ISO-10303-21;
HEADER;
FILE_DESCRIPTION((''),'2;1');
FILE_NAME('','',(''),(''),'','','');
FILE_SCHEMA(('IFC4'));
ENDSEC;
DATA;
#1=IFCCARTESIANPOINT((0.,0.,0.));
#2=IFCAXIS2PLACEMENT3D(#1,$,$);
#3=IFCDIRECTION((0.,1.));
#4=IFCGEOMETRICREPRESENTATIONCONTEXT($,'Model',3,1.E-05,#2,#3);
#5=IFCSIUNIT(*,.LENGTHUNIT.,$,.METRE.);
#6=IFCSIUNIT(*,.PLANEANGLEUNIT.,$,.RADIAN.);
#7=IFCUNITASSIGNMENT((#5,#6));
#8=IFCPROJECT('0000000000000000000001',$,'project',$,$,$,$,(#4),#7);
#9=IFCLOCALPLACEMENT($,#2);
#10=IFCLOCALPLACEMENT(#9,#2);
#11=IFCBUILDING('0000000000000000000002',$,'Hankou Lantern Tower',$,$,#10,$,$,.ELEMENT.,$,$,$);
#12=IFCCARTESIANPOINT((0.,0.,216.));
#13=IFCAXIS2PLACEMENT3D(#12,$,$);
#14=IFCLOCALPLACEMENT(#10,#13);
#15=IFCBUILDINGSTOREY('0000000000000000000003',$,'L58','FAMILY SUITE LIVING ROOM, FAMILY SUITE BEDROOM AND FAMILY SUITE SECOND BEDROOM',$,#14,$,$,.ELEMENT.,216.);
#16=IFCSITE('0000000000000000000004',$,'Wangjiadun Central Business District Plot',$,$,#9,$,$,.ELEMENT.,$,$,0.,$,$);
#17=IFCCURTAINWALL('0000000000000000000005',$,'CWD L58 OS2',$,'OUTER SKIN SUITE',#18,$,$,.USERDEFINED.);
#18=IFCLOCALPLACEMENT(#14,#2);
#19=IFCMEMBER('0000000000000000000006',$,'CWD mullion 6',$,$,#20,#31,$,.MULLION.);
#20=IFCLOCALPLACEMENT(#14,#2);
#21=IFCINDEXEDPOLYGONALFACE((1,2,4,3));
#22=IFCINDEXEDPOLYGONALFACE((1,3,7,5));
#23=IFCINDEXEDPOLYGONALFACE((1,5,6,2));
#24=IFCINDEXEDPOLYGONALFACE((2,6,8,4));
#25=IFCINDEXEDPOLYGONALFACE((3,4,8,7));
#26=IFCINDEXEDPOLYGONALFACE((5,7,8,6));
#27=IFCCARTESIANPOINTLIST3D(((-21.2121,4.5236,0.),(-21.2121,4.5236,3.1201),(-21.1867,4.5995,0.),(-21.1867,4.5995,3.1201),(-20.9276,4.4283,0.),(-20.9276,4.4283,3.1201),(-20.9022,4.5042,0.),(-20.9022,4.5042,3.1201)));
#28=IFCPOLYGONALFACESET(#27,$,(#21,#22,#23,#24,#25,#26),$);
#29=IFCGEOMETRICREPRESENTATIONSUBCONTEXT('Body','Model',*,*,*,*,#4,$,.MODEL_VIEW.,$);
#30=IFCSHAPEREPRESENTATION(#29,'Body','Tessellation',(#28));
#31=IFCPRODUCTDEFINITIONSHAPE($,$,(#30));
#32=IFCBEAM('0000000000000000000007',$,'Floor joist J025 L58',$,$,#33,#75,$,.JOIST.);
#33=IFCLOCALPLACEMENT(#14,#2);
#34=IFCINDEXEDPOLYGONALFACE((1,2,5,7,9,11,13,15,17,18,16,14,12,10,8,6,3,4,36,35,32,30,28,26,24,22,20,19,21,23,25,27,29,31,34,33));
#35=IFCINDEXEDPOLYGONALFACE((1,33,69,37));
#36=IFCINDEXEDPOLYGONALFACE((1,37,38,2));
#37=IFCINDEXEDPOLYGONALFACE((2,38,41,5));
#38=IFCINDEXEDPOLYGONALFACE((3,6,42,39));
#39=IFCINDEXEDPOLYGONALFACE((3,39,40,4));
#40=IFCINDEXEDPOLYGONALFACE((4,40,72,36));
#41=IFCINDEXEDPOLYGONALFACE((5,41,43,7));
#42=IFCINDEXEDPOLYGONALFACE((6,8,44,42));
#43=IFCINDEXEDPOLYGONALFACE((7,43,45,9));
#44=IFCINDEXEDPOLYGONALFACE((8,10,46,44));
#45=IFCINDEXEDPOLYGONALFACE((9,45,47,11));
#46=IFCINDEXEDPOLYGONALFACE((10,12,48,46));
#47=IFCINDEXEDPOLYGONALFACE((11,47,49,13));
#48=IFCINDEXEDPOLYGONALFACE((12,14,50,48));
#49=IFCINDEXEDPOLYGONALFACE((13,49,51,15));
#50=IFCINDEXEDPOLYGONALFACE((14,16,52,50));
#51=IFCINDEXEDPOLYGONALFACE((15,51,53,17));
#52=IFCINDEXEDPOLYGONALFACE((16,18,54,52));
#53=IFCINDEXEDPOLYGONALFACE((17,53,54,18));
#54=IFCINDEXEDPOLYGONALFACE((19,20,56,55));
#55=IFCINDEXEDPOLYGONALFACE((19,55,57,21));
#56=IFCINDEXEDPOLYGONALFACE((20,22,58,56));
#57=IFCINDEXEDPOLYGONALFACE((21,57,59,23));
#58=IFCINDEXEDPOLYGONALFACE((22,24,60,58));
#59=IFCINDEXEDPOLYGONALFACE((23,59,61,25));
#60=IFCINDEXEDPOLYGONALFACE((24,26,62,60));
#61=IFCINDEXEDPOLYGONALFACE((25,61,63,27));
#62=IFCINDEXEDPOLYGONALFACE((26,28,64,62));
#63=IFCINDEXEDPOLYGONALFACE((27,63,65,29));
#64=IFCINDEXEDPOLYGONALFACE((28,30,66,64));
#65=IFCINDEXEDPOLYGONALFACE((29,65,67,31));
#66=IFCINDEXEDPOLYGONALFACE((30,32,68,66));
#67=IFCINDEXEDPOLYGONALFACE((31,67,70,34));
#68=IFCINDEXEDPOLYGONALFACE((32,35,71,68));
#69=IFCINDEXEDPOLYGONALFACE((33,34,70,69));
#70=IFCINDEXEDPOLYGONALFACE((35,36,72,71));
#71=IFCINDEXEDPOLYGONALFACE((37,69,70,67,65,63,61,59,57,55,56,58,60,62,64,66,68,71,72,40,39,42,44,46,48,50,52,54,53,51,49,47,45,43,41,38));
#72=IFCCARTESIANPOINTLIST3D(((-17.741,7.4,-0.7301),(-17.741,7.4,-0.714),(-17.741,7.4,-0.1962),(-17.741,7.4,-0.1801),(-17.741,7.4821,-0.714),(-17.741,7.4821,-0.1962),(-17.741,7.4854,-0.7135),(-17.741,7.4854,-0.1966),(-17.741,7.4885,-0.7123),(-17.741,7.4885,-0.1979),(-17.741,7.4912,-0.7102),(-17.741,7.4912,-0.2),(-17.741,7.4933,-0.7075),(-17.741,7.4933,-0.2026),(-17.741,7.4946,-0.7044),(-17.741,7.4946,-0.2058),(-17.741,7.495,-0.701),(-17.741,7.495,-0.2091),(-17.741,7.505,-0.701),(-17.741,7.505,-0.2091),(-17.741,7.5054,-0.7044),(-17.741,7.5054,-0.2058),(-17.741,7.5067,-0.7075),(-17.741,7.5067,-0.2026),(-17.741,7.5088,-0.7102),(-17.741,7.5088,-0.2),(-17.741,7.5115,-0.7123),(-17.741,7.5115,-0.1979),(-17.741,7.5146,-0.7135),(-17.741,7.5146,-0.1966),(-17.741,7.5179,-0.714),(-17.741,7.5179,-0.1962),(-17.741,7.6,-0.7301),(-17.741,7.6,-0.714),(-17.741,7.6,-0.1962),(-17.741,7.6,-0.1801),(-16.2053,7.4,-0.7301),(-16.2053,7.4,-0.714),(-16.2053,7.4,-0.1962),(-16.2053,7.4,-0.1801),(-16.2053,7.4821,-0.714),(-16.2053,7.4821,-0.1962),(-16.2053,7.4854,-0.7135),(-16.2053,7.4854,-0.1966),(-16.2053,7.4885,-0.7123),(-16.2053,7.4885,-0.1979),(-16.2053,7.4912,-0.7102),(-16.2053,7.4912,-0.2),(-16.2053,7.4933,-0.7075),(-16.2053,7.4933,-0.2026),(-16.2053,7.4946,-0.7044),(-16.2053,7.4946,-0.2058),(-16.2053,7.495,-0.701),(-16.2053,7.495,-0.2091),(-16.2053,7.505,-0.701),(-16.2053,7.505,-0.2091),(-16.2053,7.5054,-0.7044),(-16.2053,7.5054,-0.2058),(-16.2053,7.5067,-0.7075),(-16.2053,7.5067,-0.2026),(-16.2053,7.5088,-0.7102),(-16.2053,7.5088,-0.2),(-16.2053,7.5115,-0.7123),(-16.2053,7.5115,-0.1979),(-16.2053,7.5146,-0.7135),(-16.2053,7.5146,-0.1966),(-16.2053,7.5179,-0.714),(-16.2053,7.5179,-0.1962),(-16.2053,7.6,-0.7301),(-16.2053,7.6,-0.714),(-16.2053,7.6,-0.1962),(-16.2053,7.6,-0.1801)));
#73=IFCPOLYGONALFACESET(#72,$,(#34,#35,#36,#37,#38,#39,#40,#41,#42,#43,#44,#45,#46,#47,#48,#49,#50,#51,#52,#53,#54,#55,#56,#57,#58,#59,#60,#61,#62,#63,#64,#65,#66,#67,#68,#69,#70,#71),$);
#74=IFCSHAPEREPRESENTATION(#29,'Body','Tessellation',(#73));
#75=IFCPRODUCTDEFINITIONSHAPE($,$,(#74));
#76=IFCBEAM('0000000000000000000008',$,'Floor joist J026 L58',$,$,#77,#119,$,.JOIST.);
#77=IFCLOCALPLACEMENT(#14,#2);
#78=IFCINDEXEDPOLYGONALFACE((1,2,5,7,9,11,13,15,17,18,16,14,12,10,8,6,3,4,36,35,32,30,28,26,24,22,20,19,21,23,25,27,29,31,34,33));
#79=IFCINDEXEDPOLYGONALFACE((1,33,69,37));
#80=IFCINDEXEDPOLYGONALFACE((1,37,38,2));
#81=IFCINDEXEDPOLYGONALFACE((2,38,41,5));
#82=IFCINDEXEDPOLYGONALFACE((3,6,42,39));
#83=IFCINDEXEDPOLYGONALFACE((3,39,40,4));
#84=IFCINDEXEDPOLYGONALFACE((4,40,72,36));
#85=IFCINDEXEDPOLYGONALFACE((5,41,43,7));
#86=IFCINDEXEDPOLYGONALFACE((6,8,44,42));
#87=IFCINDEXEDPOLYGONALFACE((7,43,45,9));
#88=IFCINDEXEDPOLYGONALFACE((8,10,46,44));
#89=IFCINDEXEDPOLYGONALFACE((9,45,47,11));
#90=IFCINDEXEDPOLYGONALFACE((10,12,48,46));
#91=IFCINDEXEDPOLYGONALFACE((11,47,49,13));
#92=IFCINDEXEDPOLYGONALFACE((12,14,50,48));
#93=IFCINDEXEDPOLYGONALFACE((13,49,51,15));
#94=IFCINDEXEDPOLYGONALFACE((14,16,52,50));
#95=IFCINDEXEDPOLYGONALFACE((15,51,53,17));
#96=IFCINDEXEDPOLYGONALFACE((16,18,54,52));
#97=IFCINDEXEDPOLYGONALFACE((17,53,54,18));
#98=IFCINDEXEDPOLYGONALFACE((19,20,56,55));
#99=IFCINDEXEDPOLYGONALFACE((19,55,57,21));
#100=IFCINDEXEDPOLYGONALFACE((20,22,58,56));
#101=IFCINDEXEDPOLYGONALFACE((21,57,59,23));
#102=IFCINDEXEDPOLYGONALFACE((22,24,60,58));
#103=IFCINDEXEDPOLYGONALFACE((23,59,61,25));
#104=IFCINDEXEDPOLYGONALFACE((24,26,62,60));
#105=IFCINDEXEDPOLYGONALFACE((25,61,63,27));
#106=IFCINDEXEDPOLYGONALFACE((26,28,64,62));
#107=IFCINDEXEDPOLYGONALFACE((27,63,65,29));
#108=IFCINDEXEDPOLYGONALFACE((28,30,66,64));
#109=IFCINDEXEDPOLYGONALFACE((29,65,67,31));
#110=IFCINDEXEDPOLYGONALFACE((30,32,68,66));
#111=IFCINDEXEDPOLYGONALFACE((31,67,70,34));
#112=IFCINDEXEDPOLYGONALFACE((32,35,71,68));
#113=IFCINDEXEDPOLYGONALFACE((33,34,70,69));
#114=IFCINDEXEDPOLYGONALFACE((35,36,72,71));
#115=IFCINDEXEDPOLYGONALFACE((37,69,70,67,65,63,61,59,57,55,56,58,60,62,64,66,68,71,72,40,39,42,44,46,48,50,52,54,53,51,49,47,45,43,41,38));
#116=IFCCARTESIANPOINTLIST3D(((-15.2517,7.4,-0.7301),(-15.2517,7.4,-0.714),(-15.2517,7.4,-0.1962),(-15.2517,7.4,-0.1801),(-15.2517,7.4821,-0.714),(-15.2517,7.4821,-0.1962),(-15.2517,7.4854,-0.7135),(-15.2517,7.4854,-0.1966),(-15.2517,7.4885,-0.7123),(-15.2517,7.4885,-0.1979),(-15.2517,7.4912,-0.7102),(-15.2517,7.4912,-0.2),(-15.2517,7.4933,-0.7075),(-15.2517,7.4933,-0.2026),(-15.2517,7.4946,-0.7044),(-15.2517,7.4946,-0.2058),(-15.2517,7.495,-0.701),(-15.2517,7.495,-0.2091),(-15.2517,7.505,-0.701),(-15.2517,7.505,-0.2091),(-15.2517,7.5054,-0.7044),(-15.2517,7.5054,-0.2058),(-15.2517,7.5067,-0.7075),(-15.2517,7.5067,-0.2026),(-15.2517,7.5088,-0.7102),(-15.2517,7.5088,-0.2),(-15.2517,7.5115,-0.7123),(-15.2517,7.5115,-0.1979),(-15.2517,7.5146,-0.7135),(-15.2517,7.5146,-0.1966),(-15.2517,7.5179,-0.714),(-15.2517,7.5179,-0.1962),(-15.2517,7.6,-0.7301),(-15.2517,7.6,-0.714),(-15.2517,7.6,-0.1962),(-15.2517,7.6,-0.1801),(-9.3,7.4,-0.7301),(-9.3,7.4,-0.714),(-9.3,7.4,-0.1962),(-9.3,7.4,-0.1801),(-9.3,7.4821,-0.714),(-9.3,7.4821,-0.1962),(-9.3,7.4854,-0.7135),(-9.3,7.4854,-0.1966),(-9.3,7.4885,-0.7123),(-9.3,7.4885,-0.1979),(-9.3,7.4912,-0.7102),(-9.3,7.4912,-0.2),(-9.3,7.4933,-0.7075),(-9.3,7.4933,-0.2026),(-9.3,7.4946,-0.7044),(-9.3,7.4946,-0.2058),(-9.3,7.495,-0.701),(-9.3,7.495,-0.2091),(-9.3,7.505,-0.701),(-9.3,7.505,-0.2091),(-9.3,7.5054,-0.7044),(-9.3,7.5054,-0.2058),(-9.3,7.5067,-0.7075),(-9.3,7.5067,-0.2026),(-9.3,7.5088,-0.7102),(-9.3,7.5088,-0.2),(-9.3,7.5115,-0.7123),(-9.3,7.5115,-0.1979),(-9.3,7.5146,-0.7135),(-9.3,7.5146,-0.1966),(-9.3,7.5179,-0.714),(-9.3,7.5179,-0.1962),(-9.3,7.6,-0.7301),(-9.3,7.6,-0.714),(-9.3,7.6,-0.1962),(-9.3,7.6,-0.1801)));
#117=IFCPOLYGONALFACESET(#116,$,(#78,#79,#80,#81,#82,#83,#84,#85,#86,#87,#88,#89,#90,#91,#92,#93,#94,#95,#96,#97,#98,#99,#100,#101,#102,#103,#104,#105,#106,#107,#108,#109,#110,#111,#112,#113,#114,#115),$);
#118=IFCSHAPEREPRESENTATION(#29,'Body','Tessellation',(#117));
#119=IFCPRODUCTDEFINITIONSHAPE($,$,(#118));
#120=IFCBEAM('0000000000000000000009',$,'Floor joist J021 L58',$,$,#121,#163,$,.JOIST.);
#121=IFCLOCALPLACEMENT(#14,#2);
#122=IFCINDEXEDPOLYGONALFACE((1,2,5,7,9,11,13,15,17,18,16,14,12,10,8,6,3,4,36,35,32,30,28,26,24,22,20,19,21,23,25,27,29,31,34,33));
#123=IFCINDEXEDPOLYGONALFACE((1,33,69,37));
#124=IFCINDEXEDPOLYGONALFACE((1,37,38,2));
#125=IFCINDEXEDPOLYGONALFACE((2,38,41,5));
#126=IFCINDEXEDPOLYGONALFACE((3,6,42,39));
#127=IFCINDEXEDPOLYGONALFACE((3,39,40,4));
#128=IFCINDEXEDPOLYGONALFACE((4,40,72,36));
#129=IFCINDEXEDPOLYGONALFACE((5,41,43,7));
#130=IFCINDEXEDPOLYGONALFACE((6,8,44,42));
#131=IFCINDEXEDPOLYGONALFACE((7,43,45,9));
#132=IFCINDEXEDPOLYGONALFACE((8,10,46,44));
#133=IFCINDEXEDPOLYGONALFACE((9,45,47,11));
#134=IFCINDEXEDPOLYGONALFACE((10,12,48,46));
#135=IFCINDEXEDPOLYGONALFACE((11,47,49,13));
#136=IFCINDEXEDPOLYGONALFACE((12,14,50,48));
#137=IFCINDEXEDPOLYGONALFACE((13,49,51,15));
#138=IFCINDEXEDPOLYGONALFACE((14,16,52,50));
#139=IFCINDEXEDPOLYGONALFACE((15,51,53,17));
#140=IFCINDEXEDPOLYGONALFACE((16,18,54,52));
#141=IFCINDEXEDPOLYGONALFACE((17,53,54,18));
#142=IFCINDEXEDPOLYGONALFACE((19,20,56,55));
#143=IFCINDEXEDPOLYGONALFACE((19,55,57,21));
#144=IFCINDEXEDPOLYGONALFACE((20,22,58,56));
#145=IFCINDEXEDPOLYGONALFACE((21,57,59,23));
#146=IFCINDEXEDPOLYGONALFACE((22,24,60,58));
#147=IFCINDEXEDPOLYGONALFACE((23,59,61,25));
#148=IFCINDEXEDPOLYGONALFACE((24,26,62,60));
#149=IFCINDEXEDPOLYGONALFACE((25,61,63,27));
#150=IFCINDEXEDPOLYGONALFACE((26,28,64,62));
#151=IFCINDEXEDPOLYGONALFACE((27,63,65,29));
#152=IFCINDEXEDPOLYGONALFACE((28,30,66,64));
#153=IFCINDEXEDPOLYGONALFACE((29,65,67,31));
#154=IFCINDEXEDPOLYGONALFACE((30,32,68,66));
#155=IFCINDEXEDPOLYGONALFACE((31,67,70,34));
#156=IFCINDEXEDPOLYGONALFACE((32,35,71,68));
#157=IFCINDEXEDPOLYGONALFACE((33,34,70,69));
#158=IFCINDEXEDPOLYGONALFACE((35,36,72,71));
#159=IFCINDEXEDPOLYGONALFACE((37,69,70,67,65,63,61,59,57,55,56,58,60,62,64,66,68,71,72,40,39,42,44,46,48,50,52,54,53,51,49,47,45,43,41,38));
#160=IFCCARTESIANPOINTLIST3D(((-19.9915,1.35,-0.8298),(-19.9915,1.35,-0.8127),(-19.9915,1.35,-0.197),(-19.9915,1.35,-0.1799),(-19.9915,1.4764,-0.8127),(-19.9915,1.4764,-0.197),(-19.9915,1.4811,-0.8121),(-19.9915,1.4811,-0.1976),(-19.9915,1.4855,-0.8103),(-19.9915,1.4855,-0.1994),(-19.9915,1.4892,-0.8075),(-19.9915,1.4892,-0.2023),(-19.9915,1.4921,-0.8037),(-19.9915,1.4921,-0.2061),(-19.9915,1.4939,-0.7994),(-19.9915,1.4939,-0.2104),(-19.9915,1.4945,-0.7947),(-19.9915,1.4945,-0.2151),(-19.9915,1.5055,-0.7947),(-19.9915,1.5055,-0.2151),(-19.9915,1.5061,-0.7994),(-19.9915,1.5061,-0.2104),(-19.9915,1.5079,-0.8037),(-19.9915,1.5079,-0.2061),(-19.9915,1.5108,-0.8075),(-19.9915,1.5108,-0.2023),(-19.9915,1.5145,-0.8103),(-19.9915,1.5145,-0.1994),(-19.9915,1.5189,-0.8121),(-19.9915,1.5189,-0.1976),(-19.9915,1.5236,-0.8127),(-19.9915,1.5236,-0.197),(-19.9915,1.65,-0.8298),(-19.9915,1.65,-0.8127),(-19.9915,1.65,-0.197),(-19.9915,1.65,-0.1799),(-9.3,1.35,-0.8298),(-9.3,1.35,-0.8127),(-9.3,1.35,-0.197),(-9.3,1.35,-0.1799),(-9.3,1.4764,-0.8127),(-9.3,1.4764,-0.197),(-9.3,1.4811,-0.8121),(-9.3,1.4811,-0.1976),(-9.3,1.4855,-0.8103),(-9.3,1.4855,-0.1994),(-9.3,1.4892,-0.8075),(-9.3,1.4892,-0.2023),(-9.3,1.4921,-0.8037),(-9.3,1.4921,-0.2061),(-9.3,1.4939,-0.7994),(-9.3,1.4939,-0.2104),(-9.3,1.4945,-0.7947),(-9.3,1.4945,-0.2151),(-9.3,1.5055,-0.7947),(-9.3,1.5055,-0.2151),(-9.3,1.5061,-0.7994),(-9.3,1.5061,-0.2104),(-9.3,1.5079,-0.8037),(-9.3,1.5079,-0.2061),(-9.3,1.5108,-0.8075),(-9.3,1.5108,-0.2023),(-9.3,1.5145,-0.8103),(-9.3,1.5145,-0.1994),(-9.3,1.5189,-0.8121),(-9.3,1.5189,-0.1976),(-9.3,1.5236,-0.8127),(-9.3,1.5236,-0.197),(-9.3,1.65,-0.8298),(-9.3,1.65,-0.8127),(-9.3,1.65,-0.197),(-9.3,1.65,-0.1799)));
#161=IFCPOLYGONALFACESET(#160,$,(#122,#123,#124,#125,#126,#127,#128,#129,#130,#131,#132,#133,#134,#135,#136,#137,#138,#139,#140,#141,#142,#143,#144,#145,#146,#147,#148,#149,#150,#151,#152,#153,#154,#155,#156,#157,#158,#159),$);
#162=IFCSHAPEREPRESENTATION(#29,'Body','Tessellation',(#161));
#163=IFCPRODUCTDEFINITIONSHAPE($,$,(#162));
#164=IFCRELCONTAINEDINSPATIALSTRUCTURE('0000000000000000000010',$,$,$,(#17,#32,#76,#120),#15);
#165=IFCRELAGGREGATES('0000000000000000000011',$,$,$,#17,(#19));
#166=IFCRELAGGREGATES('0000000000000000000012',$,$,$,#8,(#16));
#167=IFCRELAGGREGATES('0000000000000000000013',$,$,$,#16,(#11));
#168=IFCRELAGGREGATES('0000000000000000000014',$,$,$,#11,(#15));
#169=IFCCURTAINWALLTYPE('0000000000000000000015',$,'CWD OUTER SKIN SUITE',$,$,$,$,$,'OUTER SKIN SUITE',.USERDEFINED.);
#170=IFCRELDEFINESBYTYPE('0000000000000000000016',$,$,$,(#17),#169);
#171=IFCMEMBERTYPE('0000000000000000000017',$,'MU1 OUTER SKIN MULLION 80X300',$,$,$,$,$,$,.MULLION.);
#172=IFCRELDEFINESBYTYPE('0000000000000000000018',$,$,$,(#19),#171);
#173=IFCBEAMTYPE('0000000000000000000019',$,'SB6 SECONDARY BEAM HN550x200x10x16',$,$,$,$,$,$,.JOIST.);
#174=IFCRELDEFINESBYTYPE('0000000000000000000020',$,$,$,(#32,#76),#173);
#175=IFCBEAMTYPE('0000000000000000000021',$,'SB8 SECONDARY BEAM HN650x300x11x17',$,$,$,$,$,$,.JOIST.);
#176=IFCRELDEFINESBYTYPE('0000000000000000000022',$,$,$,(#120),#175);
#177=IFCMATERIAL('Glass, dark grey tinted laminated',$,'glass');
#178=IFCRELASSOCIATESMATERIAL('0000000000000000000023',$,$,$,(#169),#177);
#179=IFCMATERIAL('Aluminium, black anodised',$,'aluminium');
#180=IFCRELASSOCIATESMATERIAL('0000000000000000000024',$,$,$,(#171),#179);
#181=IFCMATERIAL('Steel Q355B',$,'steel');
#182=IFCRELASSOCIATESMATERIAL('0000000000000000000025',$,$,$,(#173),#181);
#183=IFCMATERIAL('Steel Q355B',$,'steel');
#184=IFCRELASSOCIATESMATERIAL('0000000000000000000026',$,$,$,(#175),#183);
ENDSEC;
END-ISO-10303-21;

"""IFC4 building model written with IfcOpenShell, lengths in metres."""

from ifc_helpers import new_model, si_unit, direction, frame, origin, origin_2d, place, context, subcontext, project, spatial, rectangle, i_section, extrude, material, material_profile, profile_set, type_object, element, aggregate, save


model = new_model("IFC4")

# Units and contexts
model_context = context("Model", 3, precision=1e-05, world=origin(), true_north=direction((0.0, 1.0)))
body_context = subcontext(model_context, "Body", "Model", "MODEL_VIEW")
ifc_project = project(units=[si_unit("LENGTHUNIT", "METRE"), si_unit("PLANEANGLEUNIT", "RADIAN")], contexts=[model_context])

# Site, building, storey
site_placement = place(None, origin())
site = spatial("IfcSite", under=ifc_project, at=site_placement, Name="Wangjiadun Central Business District Plot", CompositionType="ELEMENT", RefElevation=0.0)
building_placement = place(site_placement, origin())
building = spatial("IfcBuilding", under=site, at=building_placement, Name="Hankou Lantern Tower", CompositionType="ELEMENT")
storey_placement = place(building_placement, frame((0.0, 0.0, 216.0)))
storey = spatial("IfcBuildingStorey", under=building, at=storey_placement, Name="L58", Description="FAMILY SUITE LIVING ROOM, FAMILY SUITE BEDROOM AND FAMILY SUITE SECOND BEDROOM", CompositionType="ELEMENT", Elevation=216.0)

# Curtain wall, member
ifc_material_1 = material(Name="Glass, dark grey tinted laminated", Category="glass")
curtain_wall_type = type_object("IfcCurtainWallType", Name="CWD OUTER SKIN SUITE", ElementType="OUTER SKIN SUITE", PredefinedType="USERDEFINED", material=ifc_material_1)
curtain_wall_placement = place(storey_placement, origin())
curtain_wall = element("IfcCurtainWall", 1, at=curtain_wall_placement, inside=storey, type_object=curtain_wall_type, Name="CWD L58 OS2", ObjectType="OUTER SKIN SUITE", PredefinedType="USERDEFINED")
ifc_material_2 = material(Name="Aluminium, black anodised", Category="aluminium")
ifc_material_profile_1 = material_profile(ifc_material_2, rectangle(XDim=0.0801, YDim=0.3, at=origin_2d()), Name="MU1 80X300")
ifc_profile_set_1 = profile_set([ifc_material_profile_1], Name="Aluminium, black anodised")
member_type_1 = type_object("IfcMemberType", Name="MU1 OUTER SKIN MULLION 80X300", PredefinedType="MULLION", material=ifc_profile_set_1)
member_1_placement = place(storey_placement, frame((-21.0571, 4.5139, 0.0), z_axis=(0.0, 0.0, 1.0), x_axis=(-0.317596, -0.948226, 0.0)))
member_1 = element("IfcMember", 2, at=member_1_placement, type_object=member_type_1, Name="CWD mullion 6", PredefinedType="MULLION", context=body_context, shape_type="SweptSolid", body=[
    extrude(rectangle(XDim=0.0801, YDim=0.3, at=origin_2d()), origin(), (0.0, 0.0, 1.0), 3.1201),
])

# Beams
ifc_material_3 = material(Name="Steel Q355B", Category="steel")
ifc_material_profile_2 = material_profile(ifc_material_3, i_section(OverallWidth=0.2, OverallDepth=0.55, WebThickness=0.01, FlangeThickness=0.0161, FilletRadius=0.0129, at=origin_2d()), Name="HN550x200x10x16")
ifc_profile_set_2 = profile_set([ifc_material_profile_2], Name="Steel Q355B")
beam_type_1 = type_object("IfcBeamType", Name="SB6 SECONDARY BEAM HN550x200x10x16", PredefinedType="JOIST", material=ifc_profile_set_2)
beam_1_placement = place(storey_placement, frame((-17.741, 7.5, -0.4551), z_axis=(1.0, 0.0, 0.0), x_axis=(0.0, 1.0, 0.0)))
element("IfcBeam", 3, at=beam_1_placement, inside=storey, type_object=beam_type_1, Name="Floor joist J025 L58", PredefinedType="JOIST", context=body_context, shape_type="SweptSolid", body=[
    extrude(i_section(OverallWidth=0.2, OverallDepth=0.55, WebThickness=0.01, FlangeThickness=0.0161, FilletRadius=0.0129, at=origin_2d()), origin(), (0.0, 0.0, 1.0), 1.5356),
])
beam_2_placement = place(storey_placement, frame((-15.2517, 7.5, -0.4551), z_axis=(1.0, 0.0, 0.0), x_axis=(0.0, 1.0, 0.0)))
element("IfcBeam", 4, at=beam_2_placement, inside=storey, type_object=beam_type_1, Name="Floor joist J026 L58", PredefinedType="JOIST", context=body_context, shape_type="SweptSolid", body=[
    extrude(i_section(OverallWidth=0.2, OverallDepth=0.55, WebThickness=0.01, FlangeThickness=0.0161, FilletRadius=0.0129, at=origin_2d()), origin(), (0.0, 0.0, 1.0), 5.9517),
])
ifc_material_4 = material(Name="Steel Q355B", Category="steel")
ifc_material_profile_3 = material_profile(ifc_material_4, i_section(OverallWidth=0.3, OverallDepth=0.6499, WebThickness=0.011, FlangeThickness=0.0171, FilletRadius=0.0181, at=origin_2d()), Name="HN650x300x11x17")
ifc_profile_set_3 = profile_set([ifc_material_profile_3], Name="Steel Q355B")
beam_type_2 = type_object("IfcBeamType", Name="SB8 SECONDARY BEAM HN650x300x11x17", PredefinedType="JOIST", material=ifc_profile_set_3)
beam_3_placement = place(storey_placement, frame((-19.9915, 1.5, -0.5049), z_axis=(1.0, 0.0, 0.0), x_axis=(0.0, 1.0, 0.0)))
element("IfcBeam", 5, at=beam_3_placement, inside=storey, type_object=beam_type_2, Name="Floor joist J021 L58", PredefinedType="JOIST", context=body_context, shape_type="SweptSolid", body=[
    extrude(i_section(OverallWidth=0.3, OverallDepth=0.6499, WebThickness=0.011, FlangeThickness=0.0171, FilletRadius=0.0181, at=origin_2d()), origin(), (0.0, 0.0, 1.0), 10.6914),
])

aggregate(curtain_wall, [member_1])

save(model, "model.ifc")
